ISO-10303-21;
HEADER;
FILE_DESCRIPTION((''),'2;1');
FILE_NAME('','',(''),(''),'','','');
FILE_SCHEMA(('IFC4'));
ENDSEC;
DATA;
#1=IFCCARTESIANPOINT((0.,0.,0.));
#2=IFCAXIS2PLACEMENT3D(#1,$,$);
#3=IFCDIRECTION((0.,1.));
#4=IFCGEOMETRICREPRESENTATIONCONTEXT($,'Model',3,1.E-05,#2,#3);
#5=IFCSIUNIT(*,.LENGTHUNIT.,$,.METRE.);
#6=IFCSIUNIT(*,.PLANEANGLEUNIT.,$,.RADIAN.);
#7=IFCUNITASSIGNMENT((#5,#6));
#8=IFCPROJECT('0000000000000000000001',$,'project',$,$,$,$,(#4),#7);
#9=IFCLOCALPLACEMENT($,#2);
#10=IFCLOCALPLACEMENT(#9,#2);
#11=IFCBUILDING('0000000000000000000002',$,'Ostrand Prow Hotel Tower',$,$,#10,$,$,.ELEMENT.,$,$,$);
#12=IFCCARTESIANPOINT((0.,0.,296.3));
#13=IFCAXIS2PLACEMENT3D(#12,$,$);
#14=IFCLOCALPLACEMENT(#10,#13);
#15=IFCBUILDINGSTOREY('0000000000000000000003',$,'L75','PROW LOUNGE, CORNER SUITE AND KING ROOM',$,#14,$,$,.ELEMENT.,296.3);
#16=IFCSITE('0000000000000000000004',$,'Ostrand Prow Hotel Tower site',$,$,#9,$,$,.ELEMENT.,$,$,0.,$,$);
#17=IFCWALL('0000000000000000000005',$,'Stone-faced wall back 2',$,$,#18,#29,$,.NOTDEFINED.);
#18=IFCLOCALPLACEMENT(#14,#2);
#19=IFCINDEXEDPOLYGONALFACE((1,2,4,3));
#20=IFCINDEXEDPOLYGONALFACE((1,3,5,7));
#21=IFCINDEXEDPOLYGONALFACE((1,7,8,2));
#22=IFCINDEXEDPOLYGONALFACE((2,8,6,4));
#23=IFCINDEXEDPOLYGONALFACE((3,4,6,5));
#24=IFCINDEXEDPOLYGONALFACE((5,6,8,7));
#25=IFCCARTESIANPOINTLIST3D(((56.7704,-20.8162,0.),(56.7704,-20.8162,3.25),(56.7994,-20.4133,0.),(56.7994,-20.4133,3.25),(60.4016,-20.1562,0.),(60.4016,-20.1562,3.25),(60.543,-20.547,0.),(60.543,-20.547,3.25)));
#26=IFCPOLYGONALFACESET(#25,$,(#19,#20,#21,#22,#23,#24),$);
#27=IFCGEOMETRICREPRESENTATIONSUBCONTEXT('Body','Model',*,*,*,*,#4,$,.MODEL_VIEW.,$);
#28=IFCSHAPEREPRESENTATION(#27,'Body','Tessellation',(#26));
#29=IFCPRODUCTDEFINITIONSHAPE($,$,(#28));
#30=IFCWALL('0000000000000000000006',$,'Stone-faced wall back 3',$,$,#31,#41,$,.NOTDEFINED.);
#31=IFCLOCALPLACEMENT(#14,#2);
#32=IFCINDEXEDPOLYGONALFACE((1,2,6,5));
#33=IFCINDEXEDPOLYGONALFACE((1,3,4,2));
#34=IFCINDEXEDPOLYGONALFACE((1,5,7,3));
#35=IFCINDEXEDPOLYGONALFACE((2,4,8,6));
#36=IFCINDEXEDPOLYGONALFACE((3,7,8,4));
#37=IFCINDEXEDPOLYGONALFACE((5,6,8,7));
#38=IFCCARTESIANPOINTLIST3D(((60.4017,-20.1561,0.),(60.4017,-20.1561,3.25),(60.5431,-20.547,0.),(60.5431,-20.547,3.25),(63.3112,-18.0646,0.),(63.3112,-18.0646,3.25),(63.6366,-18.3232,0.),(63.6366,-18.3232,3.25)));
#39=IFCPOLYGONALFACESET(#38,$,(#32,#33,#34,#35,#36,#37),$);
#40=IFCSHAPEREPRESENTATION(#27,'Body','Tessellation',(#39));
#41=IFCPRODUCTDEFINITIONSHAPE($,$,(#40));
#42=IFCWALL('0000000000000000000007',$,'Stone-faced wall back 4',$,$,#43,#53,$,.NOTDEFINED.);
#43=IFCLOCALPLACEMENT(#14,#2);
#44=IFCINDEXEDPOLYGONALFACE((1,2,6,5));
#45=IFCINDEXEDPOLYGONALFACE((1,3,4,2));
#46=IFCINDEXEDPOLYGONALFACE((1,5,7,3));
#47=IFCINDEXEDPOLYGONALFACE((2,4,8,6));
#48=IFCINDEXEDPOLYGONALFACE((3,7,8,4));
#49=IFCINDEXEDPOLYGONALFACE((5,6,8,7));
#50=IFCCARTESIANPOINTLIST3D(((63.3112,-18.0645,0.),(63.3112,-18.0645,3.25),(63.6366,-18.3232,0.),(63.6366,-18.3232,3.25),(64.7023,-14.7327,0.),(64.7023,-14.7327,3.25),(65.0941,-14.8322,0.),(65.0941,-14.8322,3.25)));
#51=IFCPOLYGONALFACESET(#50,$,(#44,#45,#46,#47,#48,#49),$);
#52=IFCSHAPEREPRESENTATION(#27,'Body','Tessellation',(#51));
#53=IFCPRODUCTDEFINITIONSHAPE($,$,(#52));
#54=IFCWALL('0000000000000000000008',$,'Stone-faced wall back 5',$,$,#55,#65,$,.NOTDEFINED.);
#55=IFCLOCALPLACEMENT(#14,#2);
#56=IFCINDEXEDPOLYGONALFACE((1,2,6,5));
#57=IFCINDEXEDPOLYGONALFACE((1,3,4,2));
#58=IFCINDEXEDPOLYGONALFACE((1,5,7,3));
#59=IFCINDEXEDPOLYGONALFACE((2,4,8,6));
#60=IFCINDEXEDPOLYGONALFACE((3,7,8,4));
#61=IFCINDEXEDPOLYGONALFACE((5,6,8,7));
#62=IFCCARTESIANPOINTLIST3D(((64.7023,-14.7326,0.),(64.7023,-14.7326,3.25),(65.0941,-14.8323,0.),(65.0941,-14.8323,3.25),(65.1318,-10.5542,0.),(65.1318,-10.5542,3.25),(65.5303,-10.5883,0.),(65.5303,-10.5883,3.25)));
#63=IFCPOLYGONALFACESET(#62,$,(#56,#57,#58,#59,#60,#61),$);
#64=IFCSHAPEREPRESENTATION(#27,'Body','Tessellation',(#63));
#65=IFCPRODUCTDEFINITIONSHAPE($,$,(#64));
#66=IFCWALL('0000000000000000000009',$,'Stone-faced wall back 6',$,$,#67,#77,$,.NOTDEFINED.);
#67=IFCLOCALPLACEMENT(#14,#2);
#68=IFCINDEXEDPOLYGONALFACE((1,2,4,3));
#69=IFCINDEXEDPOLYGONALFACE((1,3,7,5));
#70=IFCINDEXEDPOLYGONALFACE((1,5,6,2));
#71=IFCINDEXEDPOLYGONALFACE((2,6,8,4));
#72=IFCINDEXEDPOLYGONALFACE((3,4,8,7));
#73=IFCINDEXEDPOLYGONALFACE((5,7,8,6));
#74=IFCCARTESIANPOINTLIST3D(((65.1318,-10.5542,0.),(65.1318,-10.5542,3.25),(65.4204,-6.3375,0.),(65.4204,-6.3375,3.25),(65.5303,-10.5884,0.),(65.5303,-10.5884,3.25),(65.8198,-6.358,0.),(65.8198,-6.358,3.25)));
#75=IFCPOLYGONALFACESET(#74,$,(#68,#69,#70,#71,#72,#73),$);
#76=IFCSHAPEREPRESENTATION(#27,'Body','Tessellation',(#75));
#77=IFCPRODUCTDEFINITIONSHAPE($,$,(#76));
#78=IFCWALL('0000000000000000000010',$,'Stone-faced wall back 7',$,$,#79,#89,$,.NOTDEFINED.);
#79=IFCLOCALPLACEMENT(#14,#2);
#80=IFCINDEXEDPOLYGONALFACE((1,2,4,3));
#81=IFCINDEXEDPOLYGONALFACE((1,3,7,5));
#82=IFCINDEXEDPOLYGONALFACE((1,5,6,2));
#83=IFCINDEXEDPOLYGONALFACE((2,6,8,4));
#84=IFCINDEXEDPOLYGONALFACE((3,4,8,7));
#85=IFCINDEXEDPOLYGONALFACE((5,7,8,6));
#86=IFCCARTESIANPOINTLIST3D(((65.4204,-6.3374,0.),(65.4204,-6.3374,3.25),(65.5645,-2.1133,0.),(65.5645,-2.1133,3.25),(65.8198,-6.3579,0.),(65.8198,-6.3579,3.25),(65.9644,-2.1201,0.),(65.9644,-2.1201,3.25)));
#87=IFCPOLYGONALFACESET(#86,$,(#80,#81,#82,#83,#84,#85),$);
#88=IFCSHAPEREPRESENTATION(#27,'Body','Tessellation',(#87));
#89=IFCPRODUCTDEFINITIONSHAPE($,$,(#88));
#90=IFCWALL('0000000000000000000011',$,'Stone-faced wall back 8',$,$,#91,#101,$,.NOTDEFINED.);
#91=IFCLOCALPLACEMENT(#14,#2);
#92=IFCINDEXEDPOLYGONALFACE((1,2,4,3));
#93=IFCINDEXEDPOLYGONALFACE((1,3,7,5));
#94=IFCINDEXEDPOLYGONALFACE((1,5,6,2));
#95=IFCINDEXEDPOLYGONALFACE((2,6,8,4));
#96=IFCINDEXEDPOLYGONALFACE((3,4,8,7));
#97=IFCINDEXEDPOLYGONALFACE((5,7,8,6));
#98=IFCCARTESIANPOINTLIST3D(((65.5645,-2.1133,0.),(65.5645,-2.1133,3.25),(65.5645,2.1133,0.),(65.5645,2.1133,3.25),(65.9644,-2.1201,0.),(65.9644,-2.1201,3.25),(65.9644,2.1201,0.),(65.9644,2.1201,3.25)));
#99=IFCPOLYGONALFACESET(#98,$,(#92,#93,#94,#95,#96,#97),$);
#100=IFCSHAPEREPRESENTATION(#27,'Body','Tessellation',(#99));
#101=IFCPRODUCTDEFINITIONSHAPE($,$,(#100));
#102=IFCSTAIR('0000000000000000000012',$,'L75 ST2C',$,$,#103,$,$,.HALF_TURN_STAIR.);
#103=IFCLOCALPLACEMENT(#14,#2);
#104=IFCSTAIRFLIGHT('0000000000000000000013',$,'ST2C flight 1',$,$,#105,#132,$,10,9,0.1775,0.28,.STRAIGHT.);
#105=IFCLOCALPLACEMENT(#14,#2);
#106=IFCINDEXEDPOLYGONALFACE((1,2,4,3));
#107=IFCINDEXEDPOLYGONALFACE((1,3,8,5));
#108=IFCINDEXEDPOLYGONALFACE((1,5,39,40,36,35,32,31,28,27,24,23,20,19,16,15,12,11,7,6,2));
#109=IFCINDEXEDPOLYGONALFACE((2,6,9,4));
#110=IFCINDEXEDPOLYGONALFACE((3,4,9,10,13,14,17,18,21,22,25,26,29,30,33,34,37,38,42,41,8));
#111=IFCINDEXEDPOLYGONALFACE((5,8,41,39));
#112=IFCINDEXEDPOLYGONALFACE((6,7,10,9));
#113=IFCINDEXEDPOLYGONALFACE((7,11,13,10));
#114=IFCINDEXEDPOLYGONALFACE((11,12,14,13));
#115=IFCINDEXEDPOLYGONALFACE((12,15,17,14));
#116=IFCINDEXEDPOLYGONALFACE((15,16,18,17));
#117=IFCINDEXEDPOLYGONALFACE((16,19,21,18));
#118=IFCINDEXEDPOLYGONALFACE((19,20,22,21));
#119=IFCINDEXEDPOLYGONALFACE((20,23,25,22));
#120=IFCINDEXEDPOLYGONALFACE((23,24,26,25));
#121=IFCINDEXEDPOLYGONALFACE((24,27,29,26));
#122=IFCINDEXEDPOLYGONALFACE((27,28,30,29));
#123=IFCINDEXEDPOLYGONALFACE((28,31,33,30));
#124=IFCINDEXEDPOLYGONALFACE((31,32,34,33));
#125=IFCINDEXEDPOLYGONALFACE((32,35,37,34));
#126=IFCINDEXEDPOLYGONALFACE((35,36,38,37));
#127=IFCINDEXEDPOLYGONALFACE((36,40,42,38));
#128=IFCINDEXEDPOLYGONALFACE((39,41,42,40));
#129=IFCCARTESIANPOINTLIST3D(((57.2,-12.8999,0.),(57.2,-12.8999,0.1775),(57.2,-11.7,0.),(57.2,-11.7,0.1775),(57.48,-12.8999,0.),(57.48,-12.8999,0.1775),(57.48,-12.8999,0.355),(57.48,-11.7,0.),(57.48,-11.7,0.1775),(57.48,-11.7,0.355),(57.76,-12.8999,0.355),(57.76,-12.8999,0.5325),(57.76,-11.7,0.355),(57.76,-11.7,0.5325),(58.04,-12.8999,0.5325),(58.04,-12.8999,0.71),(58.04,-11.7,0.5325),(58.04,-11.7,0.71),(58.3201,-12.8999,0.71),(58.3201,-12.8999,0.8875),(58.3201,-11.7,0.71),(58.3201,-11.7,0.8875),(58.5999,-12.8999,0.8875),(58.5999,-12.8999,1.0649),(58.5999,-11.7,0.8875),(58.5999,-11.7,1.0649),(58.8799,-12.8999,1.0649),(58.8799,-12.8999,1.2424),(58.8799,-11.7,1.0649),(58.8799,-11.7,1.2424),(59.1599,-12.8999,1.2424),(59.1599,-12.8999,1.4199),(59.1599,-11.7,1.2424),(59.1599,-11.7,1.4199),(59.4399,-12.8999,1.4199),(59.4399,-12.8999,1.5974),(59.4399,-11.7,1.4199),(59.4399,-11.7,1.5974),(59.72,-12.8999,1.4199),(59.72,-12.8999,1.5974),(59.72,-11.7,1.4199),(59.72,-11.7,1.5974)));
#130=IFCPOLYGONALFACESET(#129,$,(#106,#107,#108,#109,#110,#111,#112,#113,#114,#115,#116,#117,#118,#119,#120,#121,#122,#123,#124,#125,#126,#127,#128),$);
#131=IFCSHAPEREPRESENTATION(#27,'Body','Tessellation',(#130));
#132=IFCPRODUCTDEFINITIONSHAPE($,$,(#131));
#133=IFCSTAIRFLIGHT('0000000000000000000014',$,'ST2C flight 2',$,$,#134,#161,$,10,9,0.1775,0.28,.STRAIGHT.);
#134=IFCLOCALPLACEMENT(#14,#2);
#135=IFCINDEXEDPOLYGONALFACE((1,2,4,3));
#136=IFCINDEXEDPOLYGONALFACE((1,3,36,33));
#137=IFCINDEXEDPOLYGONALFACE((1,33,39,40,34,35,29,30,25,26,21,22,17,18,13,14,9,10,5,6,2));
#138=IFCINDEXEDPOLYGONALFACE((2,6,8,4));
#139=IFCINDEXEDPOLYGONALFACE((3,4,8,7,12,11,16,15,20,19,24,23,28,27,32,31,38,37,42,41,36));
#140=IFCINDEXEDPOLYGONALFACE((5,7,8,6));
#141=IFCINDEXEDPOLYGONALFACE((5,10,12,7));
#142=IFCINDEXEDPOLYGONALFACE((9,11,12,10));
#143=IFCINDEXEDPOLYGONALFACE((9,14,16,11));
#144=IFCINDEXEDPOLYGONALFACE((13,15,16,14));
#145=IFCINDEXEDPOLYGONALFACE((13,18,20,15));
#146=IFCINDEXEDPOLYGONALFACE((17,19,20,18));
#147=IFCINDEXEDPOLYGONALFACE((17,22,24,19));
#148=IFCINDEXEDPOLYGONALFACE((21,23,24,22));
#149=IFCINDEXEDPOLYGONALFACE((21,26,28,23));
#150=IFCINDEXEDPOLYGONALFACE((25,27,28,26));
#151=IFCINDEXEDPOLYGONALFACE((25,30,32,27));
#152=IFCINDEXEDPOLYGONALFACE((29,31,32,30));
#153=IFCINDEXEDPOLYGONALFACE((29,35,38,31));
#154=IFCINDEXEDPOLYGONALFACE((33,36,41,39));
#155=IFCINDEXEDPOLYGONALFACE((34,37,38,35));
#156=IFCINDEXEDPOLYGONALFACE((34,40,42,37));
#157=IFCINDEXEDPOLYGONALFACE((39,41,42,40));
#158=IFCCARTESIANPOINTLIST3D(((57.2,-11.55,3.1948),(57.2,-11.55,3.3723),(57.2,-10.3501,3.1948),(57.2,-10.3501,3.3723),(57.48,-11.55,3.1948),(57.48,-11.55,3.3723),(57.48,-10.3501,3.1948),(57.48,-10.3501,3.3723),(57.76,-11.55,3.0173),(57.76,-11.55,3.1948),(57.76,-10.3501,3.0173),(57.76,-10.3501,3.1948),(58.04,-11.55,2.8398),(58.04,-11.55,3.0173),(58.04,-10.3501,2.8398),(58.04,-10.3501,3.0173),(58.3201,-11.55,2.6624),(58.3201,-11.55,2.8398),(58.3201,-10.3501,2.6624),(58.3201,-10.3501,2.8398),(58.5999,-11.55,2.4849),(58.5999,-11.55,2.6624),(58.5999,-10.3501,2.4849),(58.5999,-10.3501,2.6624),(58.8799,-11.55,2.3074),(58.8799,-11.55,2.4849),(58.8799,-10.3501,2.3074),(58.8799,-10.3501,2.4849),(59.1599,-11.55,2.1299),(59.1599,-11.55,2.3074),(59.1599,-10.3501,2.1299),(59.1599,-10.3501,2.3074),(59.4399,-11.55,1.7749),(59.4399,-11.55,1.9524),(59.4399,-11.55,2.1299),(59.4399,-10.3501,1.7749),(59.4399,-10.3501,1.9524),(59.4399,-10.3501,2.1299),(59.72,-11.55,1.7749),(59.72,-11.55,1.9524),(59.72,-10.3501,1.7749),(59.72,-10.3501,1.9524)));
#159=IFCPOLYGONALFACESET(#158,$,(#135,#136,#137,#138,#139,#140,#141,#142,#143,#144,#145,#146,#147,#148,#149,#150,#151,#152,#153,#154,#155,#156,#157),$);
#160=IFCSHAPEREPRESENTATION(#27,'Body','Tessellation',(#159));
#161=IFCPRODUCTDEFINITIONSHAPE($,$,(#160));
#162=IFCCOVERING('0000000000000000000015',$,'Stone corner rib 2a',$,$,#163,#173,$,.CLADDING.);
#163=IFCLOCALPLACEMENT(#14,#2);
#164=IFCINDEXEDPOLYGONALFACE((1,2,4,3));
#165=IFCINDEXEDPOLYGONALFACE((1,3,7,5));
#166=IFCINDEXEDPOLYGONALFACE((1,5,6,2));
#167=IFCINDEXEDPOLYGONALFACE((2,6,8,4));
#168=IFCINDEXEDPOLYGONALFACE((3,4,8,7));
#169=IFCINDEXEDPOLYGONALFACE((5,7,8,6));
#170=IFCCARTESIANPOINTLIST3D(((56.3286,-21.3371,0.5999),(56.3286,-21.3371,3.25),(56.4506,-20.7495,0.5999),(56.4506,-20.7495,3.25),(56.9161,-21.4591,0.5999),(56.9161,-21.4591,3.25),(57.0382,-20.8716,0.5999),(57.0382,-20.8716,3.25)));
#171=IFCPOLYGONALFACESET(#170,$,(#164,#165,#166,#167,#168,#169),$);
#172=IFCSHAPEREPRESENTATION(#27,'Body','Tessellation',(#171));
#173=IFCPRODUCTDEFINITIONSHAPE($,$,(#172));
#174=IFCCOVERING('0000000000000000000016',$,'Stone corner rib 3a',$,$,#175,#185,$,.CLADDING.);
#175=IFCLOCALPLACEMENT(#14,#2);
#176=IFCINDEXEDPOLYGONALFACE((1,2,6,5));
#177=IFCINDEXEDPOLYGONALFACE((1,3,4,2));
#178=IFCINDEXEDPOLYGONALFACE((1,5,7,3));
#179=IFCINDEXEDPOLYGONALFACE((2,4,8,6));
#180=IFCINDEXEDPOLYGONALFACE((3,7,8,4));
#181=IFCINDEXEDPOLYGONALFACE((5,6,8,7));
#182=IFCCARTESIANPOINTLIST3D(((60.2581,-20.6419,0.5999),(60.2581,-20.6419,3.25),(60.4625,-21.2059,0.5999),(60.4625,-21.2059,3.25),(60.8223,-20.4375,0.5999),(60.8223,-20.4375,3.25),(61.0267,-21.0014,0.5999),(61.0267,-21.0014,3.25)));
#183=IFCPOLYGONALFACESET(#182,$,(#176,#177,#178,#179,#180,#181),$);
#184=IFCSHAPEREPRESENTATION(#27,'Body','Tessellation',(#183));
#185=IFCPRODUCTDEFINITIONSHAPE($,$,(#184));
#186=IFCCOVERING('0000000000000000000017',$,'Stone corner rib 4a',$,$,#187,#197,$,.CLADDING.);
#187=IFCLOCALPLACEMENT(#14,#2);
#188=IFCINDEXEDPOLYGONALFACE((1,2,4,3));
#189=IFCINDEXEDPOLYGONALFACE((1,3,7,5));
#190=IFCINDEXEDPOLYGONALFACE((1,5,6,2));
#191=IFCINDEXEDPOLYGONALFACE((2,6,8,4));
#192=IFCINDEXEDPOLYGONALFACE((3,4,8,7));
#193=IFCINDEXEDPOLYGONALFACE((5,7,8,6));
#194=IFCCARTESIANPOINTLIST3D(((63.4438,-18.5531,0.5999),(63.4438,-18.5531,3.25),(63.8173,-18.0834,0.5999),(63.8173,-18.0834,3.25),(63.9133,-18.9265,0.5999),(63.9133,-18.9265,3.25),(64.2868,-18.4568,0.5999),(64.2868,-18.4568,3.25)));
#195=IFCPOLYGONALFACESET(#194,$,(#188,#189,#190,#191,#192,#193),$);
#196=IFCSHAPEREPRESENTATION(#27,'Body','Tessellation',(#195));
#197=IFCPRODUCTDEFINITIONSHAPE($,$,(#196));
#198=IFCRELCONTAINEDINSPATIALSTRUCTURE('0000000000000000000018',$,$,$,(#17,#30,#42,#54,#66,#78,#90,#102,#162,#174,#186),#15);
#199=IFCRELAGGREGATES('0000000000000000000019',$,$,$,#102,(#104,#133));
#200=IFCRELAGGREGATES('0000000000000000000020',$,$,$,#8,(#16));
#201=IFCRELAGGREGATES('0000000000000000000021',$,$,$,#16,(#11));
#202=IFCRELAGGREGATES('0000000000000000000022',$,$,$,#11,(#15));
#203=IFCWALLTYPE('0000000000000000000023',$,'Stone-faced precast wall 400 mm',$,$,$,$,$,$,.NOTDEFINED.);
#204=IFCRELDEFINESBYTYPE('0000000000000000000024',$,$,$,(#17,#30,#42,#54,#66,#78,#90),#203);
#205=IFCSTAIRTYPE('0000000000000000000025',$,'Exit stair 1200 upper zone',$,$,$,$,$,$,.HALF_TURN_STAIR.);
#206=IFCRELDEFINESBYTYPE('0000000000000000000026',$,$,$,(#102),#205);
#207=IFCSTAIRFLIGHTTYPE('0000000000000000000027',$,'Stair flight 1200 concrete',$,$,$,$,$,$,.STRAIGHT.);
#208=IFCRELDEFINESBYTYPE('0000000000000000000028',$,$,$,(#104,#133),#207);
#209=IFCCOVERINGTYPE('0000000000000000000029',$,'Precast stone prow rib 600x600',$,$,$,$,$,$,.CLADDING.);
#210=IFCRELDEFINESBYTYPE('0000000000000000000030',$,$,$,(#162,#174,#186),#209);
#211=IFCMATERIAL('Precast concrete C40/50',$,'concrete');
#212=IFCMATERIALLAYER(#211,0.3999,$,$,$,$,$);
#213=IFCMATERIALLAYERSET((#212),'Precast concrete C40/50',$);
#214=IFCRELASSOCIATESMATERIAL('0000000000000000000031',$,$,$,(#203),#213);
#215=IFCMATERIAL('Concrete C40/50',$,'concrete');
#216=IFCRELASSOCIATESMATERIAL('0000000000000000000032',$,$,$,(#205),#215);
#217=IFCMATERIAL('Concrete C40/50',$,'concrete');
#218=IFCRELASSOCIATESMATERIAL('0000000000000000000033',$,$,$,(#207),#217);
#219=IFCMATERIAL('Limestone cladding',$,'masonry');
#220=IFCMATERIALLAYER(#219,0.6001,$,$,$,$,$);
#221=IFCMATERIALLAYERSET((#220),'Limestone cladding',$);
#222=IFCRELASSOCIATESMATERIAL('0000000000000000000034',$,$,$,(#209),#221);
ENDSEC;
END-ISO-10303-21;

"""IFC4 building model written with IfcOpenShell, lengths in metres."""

from ifc_helpers import new_model, si_unit, direction, frame, frame_2d, origin, place, context, subcontext, project, spatial, polyline, rectangle, outline, extrude, material, layer, layer_set, type_object, element, aggregate, save


model = new_model("IFC4")

# Units and contexts
model_context = context("Model", 3, precision=1e-05, world=origin(), true_north=direction((0.0, 1.0)))
body_context = subcontext(model_context, "Body", "Model", "MODEL_VIEW")
ifc_project = project(units=[si_unit("LENGTHUNIT", "METRE"), si_unit("PLANEANGLEUNIT", "RADIAN")], contexts=[model_context])

# Site, building, storey
site_placement = place(None, origin())
site = spatial("IfcSite", under=ifc_project, at=site_placement, Name="Ostrand Prow Hotel Tower site", CompositionType="ELEMENT", RefElevation=0.0)
building_placement = place(site_placement, origin())
building = spatial("IfcBuilding", under=site, at=building_placement, Name="Ostrand Prow Hotel Tower", CompositionType="ELEMENT")
storey_placement = place(building_placement, frame((0.0, 0.0, 296.3)))
storey = spatial("IfcBuildingStorey", under=building, at=storey_placement, Name="L75", Description="PROW LOUNGE, CORNER SUITE AND KING ROOM", CompositionType="ELEMENT", Elevation=296.3)

# Walls
ifc_material_1 = material(Name="Precast concrete C40/50", Category="concrete")
ifc_layer_1 = layer(ifc_material_1, 0.3999)
ifc_layer_set_1 = layer_set([ifc_layer_1], Name="Precast concrete C40/50")
wall_type_1 = type_object("IfcWallType", Name="Stone-faced precast wall 400 mm", PredefinedType="NOTDEFINED", material=ifc_layer_set_1)
wall_1_placement = place(storey_placement, frame((56.7849, -20.6147, 0.0), z_axis=(0.0, 0.0, 1.0), x_axis=(0.997463, 0.071191, 0.0)))
element("IfcWall", 1, at=wall_1_placement, inside=storey, type_object=wall_type_1, Name="Stone-faced wall back 2", PredefinedType="NOTDEFINED", context=body_context, shape_type="SweptSolid", body=[
    extrude(outline(polyline([(-0.0288, -0.2), (3.7534, -0.2), (3.6401, 0.2), (0.0288, 0.2), (-0.0288, -0.2)])), origin(), (0.0, 0.0, 1.0), 3.25),
])
wall_2_placement = place(storey_placement, frame((60.4724, -20.3516, 0.0), z_axis=(0.0, 0.0, 1.0), x_axis=(0.811963, 0.58371, 0.0)))
element("IfcWall", 2, at=wall_2_placement, inside=storey, type_object=wall_type_1, Name="Stone-faced wall back 3", PredefinedType="NOTDEFINED", context=body_context, shape_type="SweptSolid", body=[
    extrude(outline(polyline([(-0.0566, -0.2), (3.7532, -0.2), (3.6399, 0.2), (0.0566, 0.2), (-0.0566, -0.2)])), origin(), (0.0, 0.0, 1.0), 3.25),
])
wall_3_placement = place(storey_placement, frame((63.4739, -18.1938, 0.0), z_axis=(0.0, 0.0, 1.0), x_axis=(0.385286, 0.922797, 0.0)))
element("IfcWall", 3, at=wall_3_placement, inside=storey, type_object=wall_type_1, Name="Stone-faced wall back 4", PredefinedType="NOTDEFINED", context=body_context, shape_type="SweptSolid", body=[
    extrude(outline(polyline([(-0.0566, -0.2), (3.7263, -0.2), (3.6672, 0.2), (0.0566, 0.2), (-0.0566, -0.2)])), origin(), (0.0, 0.0, 1.0), 3.25),
])
wall_4_placement = place(storey_placement, frame((64.8982, -14.7825, 0.0), z_axis=(0.0, 0.0, 1.0), x_axis=(0.10225, 0.994759, 0.0)))
element("IfcWall", 4, at=wall_4_placement, inside=storey, type_object=wall_type_1, Name="Stone-faced wall back 5", PredefinedType="NOTDEFINED", context=body_context, shape_type="SweptSolid", body=[
    extrude(outline(polyline([(-0.0295, -0.2), (4.2368, -0.2), (4.23, 0.2), (0.0295, 0.2), (-0.0295, -0.2)])), origin(), (0.0, 0.0, 1.0), 3.25),
])
for number, where, z_axis, x_axis, name in (
    (5, (65.3311, -10.5713, 0.0), (0.0, 0.0, 1.0), (0.06828, 0.997666, 0.0), "Stone-faced wall back 6"),
    (6, (65.6201, -6.3477, 0.0), (0.0, 0.0, 1.0), (0.034083, 0.999419, 0.0), "Stone-faced wall back 7"),
    (7, (65.7644, -2.1167, 0.0), (0.0, 0.0, 1.0), (0.0, 1.0, 0.0), "Stone-faced wall back 8"),
):
    element("IfcWall", number, at=place(storey_placement, frame(where, z_axis=z_axis, x_axis=x_axis)), inside=storey, type_object=wall_type_1, Name=name, PredefinedType="NOTDEFINED", context=body_context, shape_type="SweptSolid", body=[
        extrude(outline(polyline([(-0.0034, -0.2), (4.2368, -0.2), (4.23, 0.2), (0.0034, 0.2), (-0.0034, -0.2)])), origin(), (0.0, 0.0, 1.0), 3.25),
    ])

# Stair, stair flights
ifc_material_2 = material(Name="Concrete C40/50", Category="concrete")
stair_type = type_object("IfcStairType", Name="Exit stair 1200 upper zone", PredefinedType="HALF_TURN_STAIR", material=ifc_material_2)
stair_placement = place(storey_placement, origin())
stair = element("IfcStair", 8, at=stair_placement, inside=storey, type_object=stair_type, Name="L75 ST2C", PredefinedType="HALF_TURN_STAIR")
ifc_material_3 = material(Name="Concrete C40/50", Category="concrete")
stair_flight_type = type_object("IfcStairFlightType", Name="Stair flight 1200 concrete", PredefinedType="STRAIGHT", material=ifc_material_3)
stair_flight_1_placement = place(storey_placement, frame((57.2, -12.3, 0.0), z_axis=(0.0, 0.0, 1.0), x_axis=(1.0, 0.0, 0.0)))
stair_flight_1 = element("IfcStairFlight", 9, at=stair_flight_1_placement, type_object=stair_flight_type, Name="ST2C flight 1", NumberOfRisers=10, NumberOfTreads=9, PredefinedType="STRAIGHT", RiserHeight=0.1775, TreadLength=0.28, context=body_context, shape_type="SweptSolid", body=[
    extrude(outline(polyline([(0.0, 0.0), (0.0, 0.1775), (0.28, 0.1775), (0.28, 0.355), (0.5601, 0.355), (0.5601, 0.5325), (0.8401, 0.5325), (0.8401, 0.71), (1.1201, 0.71), (1.1201, 0.8875), (1.3999, 0.8875), (1.3999, 1.0649), (1.6799, 1.0649), (1.6799, 1.2424), (1.96, 1.2424), (1.96, 1.4199), (2.24, 1.4199), (2.24, 1.5974), (2.52, 1.5974), (2.52, 1.7749), (2.52, 1.4199), (0.28, 0.0), (0.0, 0.0)])), frame((0.0, 0.6001, 0.0), z_axis=(0.0, -1.0, 0.0), x_axis=(1.0, 0.0, 0.0)), (0.0, 0.0, 1.0), 1.2),
])
stair_flight_2_placement = place(storey_placement, frame((59.72, -10.95, 1.7749), z_axis=(0.0, 0.0, 1.0), x_axis=(-1.0, 0.0, 0.0)))
stair_flight_2 = element("IfcStairFlight", 10, at=stair_flight_2_placement, type_object=stair_flight_type, Name="ST2C flight 2", NumberOfRisers=10, NumberOfTreads=9, PredefinedType="STRAIGHT", RiserHeight=0.1775, TreadLength=0.28, context=body_context, shape_type="SweptSolid", body=[
    extrude(outline(polyline([(0.0, 0.0), (0.0, 0.1775), (0.28, 0.1775), (0.28, 0.355), (0.5601, 0.355), (0.5601, 0.5325), (0.8401, 0.5325), (0.8401, 0.71), (1.1201, 0.71), (1.1201, 0.8875), (1.3999, 0.8875), (1.3999, 1.0649), (1.6799, 1.0649), (1.6799, 1.2424), (1.96, 1.2424), (1.96, 1.4199), (2.24, 1.4199), (2.24, 1.5974), (2.52, 1.5974), (2.52, 1.7749), (2.52, 1.4199), (0.28, 0.0), (0.0, 0.0)])), frame((0.0, 0.6001, 0.0), z_axis=(0.0, -1.0, 0.0), x_axis=(1.0, 0.0, 0.0)), (0.0, 0.0, 1.0), 1.2),
])
aggregate(stair, [stair_flight_1, stair_flight_2])

# Coverings
ifc_material_4 = material(Name="Limestone cladding", Category="masonry")
ifc_layer_2 = layer(ifc_material_4, 0.6001)
ifc_layer_set_2 = layer_set([ifc_layer_2], Name="Limestone cladding")
covering_type = type_object("IfcCoveringType", Name="Precast stone prow rib 600x600", PredefinedType="CLADDING", material=ifc_layer_set_2)
covering_1_placement = place(storey_placement, frame((56.7444, -20.8105, 0.5999), z_axis=(0.0, 0.0, 1.0), x_axis=(-0.203386, -0.979099, 0.0)))
element("IfcCovering", 11, at=covering_1_placement, inside=storey, type_object=covering_type, Name="Stone corner rib 2a", PredefinedType="CLADDING", context=body_context, shape_type="SweptSolid", body=[
    extrude(rectangle(XDim=0.6001, YDim=0.6001, at=frame_2d((0.3, 0.0))), origin(), (0.0, 0.0, 1.0), 2.6501),
])
for number, where, z_axis, x_axis, name in (
    (12, (60.5403, -20.5398, 0.5999), (0.0, 0.0, 1.0), (0.340664, -0.940185, 0.0), "Stone corner rib 3a"),
    (13, (63.6306, -18.3184, 0.5999), (0.0, 0.0, 1.0), (0.782732, -0.622359, 0.0), "Stone corner rib 4a"),
):
    element("IfcCovering", number, at=place(storey_placement, frame(where, z_axis=z_axis, x_axis=x_axis)), inside=storey, type_object=covering_type, Name=name, PredefinedType="CLADDING", context=body_context, shape_type="SweptSolid", body=[
        extrude(rectangle(XDim=0.5999, YDim=0.6001, at=frame_2d((0.2998, 0.0))), origin(), (0.0, 0.0, 1.0), 2.6501),
    ])

save(model, "model.ifc")
